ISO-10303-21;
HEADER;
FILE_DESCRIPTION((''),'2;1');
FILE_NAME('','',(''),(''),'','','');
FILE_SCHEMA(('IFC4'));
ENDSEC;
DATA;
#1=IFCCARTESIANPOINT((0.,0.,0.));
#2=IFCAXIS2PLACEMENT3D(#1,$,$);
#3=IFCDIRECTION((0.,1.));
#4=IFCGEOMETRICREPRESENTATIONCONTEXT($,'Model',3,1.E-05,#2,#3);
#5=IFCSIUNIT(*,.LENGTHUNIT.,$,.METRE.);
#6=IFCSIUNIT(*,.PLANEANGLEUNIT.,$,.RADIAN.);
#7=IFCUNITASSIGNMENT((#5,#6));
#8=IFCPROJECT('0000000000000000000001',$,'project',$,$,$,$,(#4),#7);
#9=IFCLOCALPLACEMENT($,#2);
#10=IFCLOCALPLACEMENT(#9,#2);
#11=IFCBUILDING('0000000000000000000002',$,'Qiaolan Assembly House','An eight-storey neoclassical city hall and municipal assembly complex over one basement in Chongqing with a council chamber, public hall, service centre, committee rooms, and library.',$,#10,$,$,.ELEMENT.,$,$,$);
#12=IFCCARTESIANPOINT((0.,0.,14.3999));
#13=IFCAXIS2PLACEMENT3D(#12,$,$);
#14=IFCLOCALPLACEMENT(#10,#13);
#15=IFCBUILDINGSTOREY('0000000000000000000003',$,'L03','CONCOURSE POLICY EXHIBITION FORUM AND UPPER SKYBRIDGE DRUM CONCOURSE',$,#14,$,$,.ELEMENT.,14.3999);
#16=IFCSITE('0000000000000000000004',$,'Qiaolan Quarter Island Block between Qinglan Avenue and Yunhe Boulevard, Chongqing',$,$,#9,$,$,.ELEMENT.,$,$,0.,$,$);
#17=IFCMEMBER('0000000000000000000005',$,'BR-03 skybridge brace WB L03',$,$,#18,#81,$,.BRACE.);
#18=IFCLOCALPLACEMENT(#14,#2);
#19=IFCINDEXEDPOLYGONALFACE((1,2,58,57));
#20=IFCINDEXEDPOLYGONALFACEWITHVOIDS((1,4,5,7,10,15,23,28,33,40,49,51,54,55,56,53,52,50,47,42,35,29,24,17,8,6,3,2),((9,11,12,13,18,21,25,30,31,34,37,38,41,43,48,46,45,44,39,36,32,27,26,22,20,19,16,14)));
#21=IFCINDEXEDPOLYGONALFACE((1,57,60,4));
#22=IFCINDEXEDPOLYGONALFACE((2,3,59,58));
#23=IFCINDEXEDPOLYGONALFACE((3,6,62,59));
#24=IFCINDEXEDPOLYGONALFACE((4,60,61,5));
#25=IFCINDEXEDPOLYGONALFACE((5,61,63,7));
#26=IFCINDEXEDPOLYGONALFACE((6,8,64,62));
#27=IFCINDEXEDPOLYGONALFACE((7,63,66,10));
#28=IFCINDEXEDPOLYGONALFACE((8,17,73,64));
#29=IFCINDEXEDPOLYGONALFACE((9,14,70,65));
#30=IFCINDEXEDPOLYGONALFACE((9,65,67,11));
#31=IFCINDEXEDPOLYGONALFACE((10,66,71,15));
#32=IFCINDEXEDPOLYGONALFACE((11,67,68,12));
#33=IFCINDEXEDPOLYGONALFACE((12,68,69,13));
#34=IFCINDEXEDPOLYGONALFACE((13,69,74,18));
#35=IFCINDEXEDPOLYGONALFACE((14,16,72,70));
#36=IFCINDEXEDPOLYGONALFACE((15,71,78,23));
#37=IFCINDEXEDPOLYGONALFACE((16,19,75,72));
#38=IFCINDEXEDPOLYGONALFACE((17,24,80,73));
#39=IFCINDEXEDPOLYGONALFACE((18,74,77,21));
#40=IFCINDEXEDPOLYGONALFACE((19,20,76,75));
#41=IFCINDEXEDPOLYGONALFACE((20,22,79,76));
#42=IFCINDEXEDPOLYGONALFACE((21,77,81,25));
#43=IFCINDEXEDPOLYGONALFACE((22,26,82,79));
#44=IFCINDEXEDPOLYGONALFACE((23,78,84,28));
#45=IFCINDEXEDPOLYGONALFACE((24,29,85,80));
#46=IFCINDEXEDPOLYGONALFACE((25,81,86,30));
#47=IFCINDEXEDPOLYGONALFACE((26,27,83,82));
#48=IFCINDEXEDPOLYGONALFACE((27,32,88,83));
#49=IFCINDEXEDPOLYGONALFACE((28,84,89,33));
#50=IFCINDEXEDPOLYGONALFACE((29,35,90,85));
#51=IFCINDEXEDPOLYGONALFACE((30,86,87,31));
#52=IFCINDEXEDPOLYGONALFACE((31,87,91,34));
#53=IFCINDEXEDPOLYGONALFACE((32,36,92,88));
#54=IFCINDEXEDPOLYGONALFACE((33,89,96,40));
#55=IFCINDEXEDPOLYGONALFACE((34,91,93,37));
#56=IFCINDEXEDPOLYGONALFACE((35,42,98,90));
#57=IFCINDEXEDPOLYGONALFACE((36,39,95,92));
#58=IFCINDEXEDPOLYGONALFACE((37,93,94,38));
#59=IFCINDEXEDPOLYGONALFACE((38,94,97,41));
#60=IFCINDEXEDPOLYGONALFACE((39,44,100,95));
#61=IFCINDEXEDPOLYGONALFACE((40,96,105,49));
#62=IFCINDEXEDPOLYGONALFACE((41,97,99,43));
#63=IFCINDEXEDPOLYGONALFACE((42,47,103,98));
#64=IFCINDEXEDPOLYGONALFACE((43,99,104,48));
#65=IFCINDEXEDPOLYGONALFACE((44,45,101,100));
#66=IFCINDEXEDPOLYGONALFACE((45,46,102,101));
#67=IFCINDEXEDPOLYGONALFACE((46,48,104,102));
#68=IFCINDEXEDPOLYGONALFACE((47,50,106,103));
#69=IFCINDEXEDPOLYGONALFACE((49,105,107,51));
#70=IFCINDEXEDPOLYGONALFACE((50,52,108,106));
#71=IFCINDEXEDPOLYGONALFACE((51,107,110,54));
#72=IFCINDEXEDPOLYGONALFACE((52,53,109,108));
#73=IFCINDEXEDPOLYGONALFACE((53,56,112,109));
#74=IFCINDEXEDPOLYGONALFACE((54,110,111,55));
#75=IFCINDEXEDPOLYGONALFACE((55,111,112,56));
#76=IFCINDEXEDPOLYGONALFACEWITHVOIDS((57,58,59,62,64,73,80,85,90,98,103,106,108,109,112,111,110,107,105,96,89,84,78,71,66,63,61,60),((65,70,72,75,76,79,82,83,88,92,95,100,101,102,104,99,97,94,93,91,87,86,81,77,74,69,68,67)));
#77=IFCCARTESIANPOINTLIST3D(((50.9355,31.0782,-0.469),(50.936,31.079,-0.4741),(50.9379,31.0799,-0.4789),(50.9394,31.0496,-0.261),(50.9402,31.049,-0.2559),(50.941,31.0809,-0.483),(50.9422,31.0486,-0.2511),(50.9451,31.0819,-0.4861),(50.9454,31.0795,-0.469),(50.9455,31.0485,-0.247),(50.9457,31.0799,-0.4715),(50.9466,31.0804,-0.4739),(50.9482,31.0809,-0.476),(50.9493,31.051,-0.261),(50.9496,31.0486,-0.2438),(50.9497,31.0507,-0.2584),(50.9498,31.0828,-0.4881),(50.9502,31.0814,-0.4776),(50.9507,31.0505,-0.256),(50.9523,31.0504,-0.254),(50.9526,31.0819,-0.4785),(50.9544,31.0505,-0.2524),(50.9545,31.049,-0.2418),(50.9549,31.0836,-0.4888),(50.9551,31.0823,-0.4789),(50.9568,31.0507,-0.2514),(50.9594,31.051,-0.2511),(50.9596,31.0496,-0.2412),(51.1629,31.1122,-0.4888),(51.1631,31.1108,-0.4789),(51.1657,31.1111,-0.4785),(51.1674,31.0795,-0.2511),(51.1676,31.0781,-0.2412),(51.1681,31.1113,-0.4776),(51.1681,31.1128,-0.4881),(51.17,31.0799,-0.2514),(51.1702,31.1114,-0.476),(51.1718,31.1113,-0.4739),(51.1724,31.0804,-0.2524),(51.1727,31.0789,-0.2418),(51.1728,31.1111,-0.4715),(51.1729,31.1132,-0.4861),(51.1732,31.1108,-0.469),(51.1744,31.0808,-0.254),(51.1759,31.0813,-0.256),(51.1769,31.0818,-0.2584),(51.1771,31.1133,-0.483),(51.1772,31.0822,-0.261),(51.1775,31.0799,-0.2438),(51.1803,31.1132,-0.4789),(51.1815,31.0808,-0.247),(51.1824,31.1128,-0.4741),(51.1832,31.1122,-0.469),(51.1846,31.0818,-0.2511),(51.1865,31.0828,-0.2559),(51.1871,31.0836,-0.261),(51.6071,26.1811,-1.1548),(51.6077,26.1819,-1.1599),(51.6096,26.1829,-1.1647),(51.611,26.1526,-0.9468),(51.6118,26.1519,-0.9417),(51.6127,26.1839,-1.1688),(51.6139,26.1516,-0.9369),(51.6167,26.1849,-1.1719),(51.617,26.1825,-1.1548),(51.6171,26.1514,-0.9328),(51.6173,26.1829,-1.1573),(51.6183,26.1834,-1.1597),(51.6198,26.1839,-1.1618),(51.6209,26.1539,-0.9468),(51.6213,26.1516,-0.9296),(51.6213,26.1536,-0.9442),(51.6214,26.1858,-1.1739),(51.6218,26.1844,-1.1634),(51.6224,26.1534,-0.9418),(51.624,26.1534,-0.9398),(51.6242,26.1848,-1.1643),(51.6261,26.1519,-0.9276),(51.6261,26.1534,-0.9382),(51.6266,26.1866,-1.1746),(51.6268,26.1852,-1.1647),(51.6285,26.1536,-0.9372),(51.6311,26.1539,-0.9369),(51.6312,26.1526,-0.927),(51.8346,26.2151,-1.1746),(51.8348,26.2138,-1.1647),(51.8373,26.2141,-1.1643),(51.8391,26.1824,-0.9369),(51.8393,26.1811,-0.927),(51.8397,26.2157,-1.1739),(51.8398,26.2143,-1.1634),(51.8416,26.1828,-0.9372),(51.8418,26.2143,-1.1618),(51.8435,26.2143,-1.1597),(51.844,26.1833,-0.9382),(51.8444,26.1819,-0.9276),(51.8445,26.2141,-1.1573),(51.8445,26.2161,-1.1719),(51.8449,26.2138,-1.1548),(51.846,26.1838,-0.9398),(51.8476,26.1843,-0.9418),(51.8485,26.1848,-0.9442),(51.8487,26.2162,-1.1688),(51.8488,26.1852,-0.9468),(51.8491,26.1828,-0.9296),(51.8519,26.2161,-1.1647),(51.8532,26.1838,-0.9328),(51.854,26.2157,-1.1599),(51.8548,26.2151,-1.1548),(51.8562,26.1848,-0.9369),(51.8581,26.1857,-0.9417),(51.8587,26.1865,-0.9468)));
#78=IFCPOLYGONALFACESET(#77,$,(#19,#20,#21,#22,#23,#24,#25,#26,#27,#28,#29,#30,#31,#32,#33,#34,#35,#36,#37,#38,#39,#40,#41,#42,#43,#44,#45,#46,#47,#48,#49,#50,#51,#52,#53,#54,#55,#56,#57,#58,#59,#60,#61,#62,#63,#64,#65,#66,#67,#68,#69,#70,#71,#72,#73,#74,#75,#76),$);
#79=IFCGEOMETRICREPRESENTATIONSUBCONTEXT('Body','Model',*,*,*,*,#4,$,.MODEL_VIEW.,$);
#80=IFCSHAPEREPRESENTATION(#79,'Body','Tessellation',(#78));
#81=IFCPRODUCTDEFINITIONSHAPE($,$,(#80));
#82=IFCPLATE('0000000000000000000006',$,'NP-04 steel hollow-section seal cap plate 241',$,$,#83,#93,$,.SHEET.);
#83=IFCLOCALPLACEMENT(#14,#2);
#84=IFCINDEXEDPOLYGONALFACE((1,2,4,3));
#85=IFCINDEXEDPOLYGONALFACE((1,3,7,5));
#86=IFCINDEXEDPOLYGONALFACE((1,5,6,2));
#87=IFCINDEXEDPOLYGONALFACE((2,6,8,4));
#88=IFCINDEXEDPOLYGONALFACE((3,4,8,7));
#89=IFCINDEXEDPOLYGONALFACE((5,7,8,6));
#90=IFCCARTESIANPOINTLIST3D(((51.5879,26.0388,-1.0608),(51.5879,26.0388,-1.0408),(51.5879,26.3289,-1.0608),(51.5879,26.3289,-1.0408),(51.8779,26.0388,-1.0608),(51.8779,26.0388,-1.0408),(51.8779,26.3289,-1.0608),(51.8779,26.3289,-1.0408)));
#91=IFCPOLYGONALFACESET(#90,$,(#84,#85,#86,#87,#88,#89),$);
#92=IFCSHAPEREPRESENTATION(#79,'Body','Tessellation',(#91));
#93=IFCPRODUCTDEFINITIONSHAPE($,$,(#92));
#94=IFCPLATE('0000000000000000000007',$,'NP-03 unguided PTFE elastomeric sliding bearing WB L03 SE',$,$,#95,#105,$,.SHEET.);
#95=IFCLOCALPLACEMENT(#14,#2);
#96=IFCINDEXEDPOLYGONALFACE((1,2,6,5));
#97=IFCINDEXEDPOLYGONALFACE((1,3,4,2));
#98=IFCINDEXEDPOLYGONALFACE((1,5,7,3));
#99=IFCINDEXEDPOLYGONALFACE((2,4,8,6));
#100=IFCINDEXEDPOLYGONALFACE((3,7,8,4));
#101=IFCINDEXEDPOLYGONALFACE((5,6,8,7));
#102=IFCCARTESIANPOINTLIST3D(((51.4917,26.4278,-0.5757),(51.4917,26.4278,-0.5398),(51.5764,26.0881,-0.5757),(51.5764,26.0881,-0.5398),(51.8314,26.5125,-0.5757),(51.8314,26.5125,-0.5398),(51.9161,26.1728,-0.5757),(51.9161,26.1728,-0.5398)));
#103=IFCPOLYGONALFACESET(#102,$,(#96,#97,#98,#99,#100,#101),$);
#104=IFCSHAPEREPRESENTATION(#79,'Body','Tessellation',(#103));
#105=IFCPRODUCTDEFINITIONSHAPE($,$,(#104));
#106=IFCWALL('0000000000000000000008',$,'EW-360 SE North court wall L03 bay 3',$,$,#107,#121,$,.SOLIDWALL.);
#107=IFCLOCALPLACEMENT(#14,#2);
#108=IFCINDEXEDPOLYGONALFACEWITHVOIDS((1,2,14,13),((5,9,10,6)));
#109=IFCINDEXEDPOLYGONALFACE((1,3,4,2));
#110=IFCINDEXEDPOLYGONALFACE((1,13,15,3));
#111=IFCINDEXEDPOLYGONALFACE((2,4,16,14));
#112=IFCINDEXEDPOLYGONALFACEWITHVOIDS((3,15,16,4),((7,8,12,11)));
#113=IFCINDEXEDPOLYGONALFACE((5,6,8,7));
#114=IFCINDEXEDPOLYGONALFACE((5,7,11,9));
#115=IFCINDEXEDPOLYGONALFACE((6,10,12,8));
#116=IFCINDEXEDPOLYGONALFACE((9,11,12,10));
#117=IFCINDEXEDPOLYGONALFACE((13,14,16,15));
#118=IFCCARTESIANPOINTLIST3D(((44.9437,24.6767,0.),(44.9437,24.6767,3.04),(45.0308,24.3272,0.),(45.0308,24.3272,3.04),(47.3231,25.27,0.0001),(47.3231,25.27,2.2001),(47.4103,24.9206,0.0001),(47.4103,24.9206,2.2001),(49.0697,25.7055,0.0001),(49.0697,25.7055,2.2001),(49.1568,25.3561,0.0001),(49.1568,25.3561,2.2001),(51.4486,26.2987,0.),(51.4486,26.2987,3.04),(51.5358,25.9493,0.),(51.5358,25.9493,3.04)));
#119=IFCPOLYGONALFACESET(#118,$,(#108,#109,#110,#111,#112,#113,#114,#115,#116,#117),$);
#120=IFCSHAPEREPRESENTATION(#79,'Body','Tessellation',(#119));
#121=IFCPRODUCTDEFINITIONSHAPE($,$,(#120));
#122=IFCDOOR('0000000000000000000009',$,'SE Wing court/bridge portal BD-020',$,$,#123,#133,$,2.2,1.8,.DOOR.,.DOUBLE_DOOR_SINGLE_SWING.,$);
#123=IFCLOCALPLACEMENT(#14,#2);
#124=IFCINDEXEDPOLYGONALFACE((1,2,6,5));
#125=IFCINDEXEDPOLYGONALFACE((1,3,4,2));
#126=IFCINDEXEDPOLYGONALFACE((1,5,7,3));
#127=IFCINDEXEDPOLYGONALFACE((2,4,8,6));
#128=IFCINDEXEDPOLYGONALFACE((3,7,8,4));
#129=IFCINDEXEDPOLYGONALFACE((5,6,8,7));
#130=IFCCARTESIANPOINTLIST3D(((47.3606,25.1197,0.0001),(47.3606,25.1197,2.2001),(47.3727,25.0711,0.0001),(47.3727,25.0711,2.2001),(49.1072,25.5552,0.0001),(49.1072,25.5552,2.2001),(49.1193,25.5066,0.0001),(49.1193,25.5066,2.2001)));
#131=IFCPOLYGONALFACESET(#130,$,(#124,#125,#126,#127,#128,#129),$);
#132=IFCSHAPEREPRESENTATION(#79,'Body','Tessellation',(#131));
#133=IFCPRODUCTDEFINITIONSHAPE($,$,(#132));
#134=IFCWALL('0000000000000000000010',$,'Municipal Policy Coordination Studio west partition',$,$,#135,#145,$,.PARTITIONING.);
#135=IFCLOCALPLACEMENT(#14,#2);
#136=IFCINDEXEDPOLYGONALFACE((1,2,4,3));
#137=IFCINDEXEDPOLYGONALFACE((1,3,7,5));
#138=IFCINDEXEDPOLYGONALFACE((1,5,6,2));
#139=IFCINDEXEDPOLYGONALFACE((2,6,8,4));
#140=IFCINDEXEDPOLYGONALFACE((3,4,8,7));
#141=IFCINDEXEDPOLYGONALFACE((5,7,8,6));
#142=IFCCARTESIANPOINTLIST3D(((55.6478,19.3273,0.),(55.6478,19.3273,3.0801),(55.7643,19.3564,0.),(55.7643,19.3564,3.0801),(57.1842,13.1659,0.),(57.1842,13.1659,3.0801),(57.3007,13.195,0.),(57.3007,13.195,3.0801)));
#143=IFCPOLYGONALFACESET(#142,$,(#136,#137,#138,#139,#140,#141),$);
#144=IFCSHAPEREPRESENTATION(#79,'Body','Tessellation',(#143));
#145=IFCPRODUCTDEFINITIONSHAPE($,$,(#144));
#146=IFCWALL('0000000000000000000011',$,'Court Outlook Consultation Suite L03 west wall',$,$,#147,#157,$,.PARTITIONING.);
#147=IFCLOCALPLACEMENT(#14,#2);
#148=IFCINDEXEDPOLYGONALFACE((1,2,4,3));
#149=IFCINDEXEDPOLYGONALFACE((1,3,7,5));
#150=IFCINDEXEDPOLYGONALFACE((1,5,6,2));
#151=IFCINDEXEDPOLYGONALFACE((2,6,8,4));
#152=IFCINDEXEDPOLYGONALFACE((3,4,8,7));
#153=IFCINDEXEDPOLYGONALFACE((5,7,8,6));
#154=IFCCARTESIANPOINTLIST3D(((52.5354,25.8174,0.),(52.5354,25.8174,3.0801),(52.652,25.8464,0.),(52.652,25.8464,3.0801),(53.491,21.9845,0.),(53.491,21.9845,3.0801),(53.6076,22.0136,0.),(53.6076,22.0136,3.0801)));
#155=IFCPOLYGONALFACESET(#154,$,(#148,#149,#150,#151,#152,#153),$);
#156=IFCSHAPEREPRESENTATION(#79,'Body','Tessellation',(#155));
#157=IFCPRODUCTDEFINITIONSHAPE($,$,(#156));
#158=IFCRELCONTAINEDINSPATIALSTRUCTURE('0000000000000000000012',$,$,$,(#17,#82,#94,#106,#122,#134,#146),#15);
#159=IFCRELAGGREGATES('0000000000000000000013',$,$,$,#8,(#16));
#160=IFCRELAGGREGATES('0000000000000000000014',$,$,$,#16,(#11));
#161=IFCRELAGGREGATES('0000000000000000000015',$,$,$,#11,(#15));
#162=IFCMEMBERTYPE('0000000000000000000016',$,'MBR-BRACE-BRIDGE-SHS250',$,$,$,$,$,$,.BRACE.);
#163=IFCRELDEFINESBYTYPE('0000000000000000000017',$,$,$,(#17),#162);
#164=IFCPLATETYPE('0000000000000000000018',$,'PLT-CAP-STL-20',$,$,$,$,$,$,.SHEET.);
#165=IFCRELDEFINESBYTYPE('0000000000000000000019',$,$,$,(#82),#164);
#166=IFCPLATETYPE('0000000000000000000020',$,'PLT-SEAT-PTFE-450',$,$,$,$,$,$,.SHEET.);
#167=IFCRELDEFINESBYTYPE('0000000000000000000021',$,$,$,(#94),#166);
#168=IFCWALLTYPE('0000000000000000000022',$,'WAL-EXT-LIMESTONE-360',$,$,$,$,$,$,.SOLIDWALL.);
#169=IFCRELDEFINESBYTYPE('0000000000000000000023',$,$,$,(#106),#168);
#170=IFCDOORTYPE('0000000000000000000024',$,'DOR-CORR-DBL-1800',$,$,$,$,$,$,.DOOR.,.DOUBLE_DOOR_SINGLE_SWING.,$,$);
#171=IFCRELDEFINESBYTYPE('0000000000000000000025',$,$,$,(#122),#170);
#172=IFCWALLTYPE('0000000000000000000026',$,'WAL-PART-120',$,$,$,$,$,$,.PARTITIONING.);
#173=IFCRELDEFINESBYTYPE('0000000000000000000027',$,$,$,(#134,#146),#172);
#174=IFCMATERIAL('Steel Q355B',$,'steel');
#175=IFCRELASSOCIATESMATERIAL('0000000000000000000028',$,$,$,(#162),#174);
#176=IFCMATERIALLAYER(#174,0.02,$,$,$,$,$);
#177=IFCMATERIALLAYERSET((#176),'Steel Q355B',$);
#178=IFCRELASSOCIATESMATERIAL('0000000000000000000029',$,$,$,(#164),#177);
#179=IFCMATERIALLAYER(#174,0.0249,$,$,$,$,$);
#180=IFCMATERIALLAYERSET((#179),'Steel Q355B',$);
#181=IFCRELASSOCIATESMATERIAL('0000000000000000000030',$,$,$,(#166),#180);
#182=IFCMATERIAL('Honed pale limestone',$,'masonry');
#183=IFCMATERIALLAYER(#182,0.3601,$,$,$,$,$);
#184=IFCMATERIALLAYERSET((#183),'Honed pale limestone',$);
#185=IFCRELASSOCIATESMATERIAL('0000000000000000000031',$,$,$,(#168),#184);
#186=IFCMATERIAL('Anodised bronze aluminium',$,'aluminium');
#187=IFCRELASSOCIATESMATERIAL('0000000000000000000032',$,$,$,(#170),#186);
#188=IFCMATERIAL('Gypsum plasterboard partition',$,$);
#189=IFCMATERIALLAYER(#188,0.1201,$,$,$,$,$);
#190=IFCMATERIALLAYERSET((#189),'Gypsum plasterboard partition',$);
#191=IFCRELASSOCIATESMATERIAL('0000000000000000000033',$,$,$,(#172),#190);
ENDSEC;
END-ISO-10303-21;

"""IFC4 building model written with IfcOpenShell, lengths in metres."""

from ifc_helpers import new_model, si_unit, direction, frame, frame_2d, origin, origin_2d, place, context, subcontext, project, spatial, rectangle, hollow_rectangle, extrude, material, layer, layer_set, material_profile, profile_set, type_object, element, fill, save


model = new_model("IFC4")

# Units and contexts
model_context = context("Model", 3, precision=1e-05, world=origin(), true_north=direction((0.0, 1.0)))
body_context = subcontext(model_context, "Body", "Model", "MODEL_VIEW")
ifc_project = project(units=[si_unit("LENGTHUNIT", "METRE"), si_unit("PLANEANGLEUNIT", "RADIAN")], contexts=[model_context])

# Site, building, storey
site_placement = place(None, origin())
site = spatial("IfcSite", under=ifc_project, at=site_placement, Name="Qiaolan Quarter Island Block between Qinglan Avenue and Yunhe Boulevard, Chongqing", CompositionType="ELEMENT", RefElevation=0.0)
building_placement = place(site_placement, origin())
building = spatial("IfcBuilding", under=site, at=building_placement, Name="Qiaolan Assembly House", Description="An eight-storey neoclassical city hall and municipal assembly complex over one basement in Chongqing with a council chamber, public hall, service centre, committee rooms, and library.", CompositionType="ELEMENT")
storey_placement = place(building_placement, frame((0.0, 0.0, 14.3999)))
storey = spatial("IfcBuildingStorey", under=building, at=storey_placement, Name="L03", Description="CONCOURSE POLICY EXHIBITION FORUM AND UPPER SKYBRIDGE DRUM CONCOURSE", CompositionType="ELEMENT", Elevation=14.3999)

# Shared definitions
ifc_material_1 = material(Name="Steel Q355B", Category="steel")

# Shared definitions
ifc_material_2 = material(Name="Anodised bronze aluminium", Category="aluminium")

# Member
ifc_material_profile_1 = material_profile(ifc_material_1, hollow_rectangle(XDim=0.25, YDim=0.25, WallThickness=0.01, InnerFilletRadius=0.01, OuterFilletRadius=0.02, at=origin_2d()), Name="SHS 250x250x10")
ifc_profile_set_1 = profile_set([ifc_material_profile_1], Name="Steel Q355B")
member_type_1 = type_object("IfcMemberType", Name="MBR-BRACE-BRIDGE-SHS250", PredefinedType="BRACE", material=ifc_profile_set_1)
member_1_placement = place(storey_placement, frame((51.7329, 26.1838, -1.0508), z_axis=(-0.134591, 0.981325, 0.137429), x_axis=(-0.990725, -0.13588, 0.0)))
element("IfcMember", 1, at=member_1_placement, inside=storey, type_object=member_type_1, Name="BR-03 skybridge brace WB L03", PredefinedType="BRACE", context=body_context, shape_type="SweptSolid", body=[
    extrude(hollow_rectangle(XDim=0.25, YDim=0.25, WallThickness=0.01, InnerFilletRadius=0.01, OuterFilletRadius=0.02, at=origin_2d()), origin(), (0.0, 0.0, 1.0), 4.9902),
])

# Plates
ifc_layer_1 = layer(ifc_material_1, 0.02)
ifc_layer_set_1 = layer_set([ifc_layer_1], Name="Steel Q355B")
plate_type_1 = type_object("IfcPlateType", Name="PLT-CAP-STL-20", PredefinedType="SHEET", material=ifc_layer_set_1)
plate_1_placement = place(storey_placement, frame((51.7329, 26.1838, -1.0608), z_axis=(0.0, 0.0, 1.0), x_axis=(1.0, 0.0, 0.0)))
element("IfcPlate", 2, at=plate_1_placement, inside=storey, type_object=plate_type_1, Name="NP-04 steel hollow-section seal cap plate 241", PredefinedType="SHEET", context=body_context, shape_type="SweptSolid", body=[
    extrude(rectangle(XDim=0.29, YDim=0.29, at=origin_2d()), origin(), (0.0, 0.0, 1.0), 0.02),
])
ifc_layer_2 = layer(ifc_material_1, 0.0249)
ifc_layer_set_2 = layer_set([ifc_layer_2], Name="Steel Q355B")
plate_type_2 = type_object("IfcPlateType", Name="PLT-SEAT-PTFE-450", PredefinedType="SHEET", material=ifc_layer_set_2)
plate_2_placement = place(storey_placement, frame((51.7039, 26.3003, -0.5757), z_axis=(0.0, 0.0, 1.0), x_axis=(0.970296, 0.241922, 0.0)))
element("IfcPlate", 3, at=plate_2_placement, inside=storey, type_object=plate_type_2, Name="NP-03 unguided PTFE elastomeric sliding bearing WB L03 SE", PredefinedType="SHEET", context=body_context, shape_type="SweptSolid", body=[
    extrude(rectangle(XDim=0.3501, YDim=0.3501, at=origin_2d()), origin(), (0.0, 0.0, 1.0), 0.0359),
])

# Wall, opening, door
ifc_material_3 = material(Name="Honed pale limestone", Category="masonry")
ifc_layer_3 = layer(ifc_material_3, 0.3601)
ifc_layer_set_3 = layer_set([ifc_layer_3], Name="Honed pale limestone")
wall_type_1 = type_object("IfcWallType", Name="WAL-EXT-LIMESTONE-360", PredefinedType="SOLIDWALL", material=ifc_layer_set_3)
wall_1_placement = place(storey_placement, frame((51.4922, 26.124, 0.0), z_axis=(0.0, 0.0, 1.0), x_axis=(-0.970288, -0.241953, 0.0)))
wall_1 = element("IfcWall", 4, at=wall_1_placement, inside=storey, type_object=wall_type_1, Name="EW-360 SE North court wall L03 bay 3", PredefinedType="SOLIDWALL", context=body_context, shape_type="SweptSolid", body=[
    extrude(rectangle(XDim=6.7041, YDim=0.3601, at=frame_2d((3.3521, 0.0))), origin(), (0.0, 0.0, 1.0), 3.04),
])
opening_1_placement = place(wall_1_placement, frame((2.4519, 0.0, 0.0)))
opening_1 = element("IfcOpeningElement", 5, at=opening_1_placement, cuts=wall_1, PredefinedType="OPENING", context=body_context, shape_type="SweptSolid", body=[
    extrude(rectangle(XDim=1.8, YDim=2.2, at=frame_2d((0.8999, 1.1001))), frame((0.0, 0.1899, 0.0), z_axis=(0.0, -1.0, 0.0), x_axis=(1.0, 0.0, 0.0)), (0.0, 0.0, 1.0), 0.3801),
])
door_type_1 = type_object("IfcDoorType", Name="DOR-CORR-DBL-1800", OperationType="DOUBLE_DOOR_SINGLE_SWING", PredefinedType="DOOR", material=ifc_material_2)
door_1_placement = place(opening_1_placement, origin())
door_1 = element("IfcDoor", 6, at=door_1_placement, inside=storey, type_object=door_type_1, Name="SE Wing court/bridge portal BD-020", OperationType="DOUBLE_DOOR_SINGLE_SWING", OverallHeight=2.2, OverallWidth=1.8, PredefinedType="DOOR", context=body_context, shape_type="SweptSolid", body=[
    extrude(rectangle(XDim=1.8, YDim=2.2, at=frame_2d((0.8999, 1.1001))), frame((0.0, 0.0249, 0.0), z_axis=(0.0, -1.0, 0.0), x_axis=(1.0, 0.0, 0.0)), (0.0, 0.0, 1.0), 0.05),
])
fill(opening_1, door_1)

# Walls
ifc_material_4 = material(Name="Gypsum plasterboard partition")
ifc_layer_4 = layer(ifc_material_4, 0.1201)
ifc_layer_set_4 = layer_set([ifc_layer_4], Name="Gypsum plasterboard partition")
wall_type_2 = type_object("IfcWallType", Name="WAL-PART-120", PredefinedType="PARTITIONING", material=ifc_layer_set_4)
wall_2_placement = place(storey_placement, frame((57.2424, 13.1804, 0.0), z_axis=(0.0, 0.0, 1.0), x_axis=(-0.241948, 0.970289, 0.0)))
element("IfcWall", 7, at=wall_2_placement, inside=storey, type_object=wall_type_2, Name="Municipal Policy Coordination Studio west partition", PredefinedType="PARTITIONING", context=body_context, shape_type="SweptSolid", body=[
    extrude(rectangle(XDim=6.3501, YDim=0.1201, at=frame_2d((3.175, 0.0))), origin(), (0.0, 0.0, 1.0), 3.0801),
])
wall_3_placement = place(storey_placement, frame((53.5493, 21.999, 0.0), z_axis=(0.0, 0.0, 1.0), x_axis=(-0.24191, 0.970299, 0.0)))
element("IfcWall", 8, at=wall_3_placement, inside=storey, type_object=wall_type_2, Name="Court Outlook Consultation Suite L03 west wall", PredefinedType="PARTITIONING", context=body_context, shape_type="SweptSolid", body=[
    extrude(rectangle(XDim=3.9502, YDim=0.1201, at=frame_2d((1.9751, 0.0))), origin(), (0.0, 0.0, 1.0), 3.0801),
])

save(model, "model.ifc")
